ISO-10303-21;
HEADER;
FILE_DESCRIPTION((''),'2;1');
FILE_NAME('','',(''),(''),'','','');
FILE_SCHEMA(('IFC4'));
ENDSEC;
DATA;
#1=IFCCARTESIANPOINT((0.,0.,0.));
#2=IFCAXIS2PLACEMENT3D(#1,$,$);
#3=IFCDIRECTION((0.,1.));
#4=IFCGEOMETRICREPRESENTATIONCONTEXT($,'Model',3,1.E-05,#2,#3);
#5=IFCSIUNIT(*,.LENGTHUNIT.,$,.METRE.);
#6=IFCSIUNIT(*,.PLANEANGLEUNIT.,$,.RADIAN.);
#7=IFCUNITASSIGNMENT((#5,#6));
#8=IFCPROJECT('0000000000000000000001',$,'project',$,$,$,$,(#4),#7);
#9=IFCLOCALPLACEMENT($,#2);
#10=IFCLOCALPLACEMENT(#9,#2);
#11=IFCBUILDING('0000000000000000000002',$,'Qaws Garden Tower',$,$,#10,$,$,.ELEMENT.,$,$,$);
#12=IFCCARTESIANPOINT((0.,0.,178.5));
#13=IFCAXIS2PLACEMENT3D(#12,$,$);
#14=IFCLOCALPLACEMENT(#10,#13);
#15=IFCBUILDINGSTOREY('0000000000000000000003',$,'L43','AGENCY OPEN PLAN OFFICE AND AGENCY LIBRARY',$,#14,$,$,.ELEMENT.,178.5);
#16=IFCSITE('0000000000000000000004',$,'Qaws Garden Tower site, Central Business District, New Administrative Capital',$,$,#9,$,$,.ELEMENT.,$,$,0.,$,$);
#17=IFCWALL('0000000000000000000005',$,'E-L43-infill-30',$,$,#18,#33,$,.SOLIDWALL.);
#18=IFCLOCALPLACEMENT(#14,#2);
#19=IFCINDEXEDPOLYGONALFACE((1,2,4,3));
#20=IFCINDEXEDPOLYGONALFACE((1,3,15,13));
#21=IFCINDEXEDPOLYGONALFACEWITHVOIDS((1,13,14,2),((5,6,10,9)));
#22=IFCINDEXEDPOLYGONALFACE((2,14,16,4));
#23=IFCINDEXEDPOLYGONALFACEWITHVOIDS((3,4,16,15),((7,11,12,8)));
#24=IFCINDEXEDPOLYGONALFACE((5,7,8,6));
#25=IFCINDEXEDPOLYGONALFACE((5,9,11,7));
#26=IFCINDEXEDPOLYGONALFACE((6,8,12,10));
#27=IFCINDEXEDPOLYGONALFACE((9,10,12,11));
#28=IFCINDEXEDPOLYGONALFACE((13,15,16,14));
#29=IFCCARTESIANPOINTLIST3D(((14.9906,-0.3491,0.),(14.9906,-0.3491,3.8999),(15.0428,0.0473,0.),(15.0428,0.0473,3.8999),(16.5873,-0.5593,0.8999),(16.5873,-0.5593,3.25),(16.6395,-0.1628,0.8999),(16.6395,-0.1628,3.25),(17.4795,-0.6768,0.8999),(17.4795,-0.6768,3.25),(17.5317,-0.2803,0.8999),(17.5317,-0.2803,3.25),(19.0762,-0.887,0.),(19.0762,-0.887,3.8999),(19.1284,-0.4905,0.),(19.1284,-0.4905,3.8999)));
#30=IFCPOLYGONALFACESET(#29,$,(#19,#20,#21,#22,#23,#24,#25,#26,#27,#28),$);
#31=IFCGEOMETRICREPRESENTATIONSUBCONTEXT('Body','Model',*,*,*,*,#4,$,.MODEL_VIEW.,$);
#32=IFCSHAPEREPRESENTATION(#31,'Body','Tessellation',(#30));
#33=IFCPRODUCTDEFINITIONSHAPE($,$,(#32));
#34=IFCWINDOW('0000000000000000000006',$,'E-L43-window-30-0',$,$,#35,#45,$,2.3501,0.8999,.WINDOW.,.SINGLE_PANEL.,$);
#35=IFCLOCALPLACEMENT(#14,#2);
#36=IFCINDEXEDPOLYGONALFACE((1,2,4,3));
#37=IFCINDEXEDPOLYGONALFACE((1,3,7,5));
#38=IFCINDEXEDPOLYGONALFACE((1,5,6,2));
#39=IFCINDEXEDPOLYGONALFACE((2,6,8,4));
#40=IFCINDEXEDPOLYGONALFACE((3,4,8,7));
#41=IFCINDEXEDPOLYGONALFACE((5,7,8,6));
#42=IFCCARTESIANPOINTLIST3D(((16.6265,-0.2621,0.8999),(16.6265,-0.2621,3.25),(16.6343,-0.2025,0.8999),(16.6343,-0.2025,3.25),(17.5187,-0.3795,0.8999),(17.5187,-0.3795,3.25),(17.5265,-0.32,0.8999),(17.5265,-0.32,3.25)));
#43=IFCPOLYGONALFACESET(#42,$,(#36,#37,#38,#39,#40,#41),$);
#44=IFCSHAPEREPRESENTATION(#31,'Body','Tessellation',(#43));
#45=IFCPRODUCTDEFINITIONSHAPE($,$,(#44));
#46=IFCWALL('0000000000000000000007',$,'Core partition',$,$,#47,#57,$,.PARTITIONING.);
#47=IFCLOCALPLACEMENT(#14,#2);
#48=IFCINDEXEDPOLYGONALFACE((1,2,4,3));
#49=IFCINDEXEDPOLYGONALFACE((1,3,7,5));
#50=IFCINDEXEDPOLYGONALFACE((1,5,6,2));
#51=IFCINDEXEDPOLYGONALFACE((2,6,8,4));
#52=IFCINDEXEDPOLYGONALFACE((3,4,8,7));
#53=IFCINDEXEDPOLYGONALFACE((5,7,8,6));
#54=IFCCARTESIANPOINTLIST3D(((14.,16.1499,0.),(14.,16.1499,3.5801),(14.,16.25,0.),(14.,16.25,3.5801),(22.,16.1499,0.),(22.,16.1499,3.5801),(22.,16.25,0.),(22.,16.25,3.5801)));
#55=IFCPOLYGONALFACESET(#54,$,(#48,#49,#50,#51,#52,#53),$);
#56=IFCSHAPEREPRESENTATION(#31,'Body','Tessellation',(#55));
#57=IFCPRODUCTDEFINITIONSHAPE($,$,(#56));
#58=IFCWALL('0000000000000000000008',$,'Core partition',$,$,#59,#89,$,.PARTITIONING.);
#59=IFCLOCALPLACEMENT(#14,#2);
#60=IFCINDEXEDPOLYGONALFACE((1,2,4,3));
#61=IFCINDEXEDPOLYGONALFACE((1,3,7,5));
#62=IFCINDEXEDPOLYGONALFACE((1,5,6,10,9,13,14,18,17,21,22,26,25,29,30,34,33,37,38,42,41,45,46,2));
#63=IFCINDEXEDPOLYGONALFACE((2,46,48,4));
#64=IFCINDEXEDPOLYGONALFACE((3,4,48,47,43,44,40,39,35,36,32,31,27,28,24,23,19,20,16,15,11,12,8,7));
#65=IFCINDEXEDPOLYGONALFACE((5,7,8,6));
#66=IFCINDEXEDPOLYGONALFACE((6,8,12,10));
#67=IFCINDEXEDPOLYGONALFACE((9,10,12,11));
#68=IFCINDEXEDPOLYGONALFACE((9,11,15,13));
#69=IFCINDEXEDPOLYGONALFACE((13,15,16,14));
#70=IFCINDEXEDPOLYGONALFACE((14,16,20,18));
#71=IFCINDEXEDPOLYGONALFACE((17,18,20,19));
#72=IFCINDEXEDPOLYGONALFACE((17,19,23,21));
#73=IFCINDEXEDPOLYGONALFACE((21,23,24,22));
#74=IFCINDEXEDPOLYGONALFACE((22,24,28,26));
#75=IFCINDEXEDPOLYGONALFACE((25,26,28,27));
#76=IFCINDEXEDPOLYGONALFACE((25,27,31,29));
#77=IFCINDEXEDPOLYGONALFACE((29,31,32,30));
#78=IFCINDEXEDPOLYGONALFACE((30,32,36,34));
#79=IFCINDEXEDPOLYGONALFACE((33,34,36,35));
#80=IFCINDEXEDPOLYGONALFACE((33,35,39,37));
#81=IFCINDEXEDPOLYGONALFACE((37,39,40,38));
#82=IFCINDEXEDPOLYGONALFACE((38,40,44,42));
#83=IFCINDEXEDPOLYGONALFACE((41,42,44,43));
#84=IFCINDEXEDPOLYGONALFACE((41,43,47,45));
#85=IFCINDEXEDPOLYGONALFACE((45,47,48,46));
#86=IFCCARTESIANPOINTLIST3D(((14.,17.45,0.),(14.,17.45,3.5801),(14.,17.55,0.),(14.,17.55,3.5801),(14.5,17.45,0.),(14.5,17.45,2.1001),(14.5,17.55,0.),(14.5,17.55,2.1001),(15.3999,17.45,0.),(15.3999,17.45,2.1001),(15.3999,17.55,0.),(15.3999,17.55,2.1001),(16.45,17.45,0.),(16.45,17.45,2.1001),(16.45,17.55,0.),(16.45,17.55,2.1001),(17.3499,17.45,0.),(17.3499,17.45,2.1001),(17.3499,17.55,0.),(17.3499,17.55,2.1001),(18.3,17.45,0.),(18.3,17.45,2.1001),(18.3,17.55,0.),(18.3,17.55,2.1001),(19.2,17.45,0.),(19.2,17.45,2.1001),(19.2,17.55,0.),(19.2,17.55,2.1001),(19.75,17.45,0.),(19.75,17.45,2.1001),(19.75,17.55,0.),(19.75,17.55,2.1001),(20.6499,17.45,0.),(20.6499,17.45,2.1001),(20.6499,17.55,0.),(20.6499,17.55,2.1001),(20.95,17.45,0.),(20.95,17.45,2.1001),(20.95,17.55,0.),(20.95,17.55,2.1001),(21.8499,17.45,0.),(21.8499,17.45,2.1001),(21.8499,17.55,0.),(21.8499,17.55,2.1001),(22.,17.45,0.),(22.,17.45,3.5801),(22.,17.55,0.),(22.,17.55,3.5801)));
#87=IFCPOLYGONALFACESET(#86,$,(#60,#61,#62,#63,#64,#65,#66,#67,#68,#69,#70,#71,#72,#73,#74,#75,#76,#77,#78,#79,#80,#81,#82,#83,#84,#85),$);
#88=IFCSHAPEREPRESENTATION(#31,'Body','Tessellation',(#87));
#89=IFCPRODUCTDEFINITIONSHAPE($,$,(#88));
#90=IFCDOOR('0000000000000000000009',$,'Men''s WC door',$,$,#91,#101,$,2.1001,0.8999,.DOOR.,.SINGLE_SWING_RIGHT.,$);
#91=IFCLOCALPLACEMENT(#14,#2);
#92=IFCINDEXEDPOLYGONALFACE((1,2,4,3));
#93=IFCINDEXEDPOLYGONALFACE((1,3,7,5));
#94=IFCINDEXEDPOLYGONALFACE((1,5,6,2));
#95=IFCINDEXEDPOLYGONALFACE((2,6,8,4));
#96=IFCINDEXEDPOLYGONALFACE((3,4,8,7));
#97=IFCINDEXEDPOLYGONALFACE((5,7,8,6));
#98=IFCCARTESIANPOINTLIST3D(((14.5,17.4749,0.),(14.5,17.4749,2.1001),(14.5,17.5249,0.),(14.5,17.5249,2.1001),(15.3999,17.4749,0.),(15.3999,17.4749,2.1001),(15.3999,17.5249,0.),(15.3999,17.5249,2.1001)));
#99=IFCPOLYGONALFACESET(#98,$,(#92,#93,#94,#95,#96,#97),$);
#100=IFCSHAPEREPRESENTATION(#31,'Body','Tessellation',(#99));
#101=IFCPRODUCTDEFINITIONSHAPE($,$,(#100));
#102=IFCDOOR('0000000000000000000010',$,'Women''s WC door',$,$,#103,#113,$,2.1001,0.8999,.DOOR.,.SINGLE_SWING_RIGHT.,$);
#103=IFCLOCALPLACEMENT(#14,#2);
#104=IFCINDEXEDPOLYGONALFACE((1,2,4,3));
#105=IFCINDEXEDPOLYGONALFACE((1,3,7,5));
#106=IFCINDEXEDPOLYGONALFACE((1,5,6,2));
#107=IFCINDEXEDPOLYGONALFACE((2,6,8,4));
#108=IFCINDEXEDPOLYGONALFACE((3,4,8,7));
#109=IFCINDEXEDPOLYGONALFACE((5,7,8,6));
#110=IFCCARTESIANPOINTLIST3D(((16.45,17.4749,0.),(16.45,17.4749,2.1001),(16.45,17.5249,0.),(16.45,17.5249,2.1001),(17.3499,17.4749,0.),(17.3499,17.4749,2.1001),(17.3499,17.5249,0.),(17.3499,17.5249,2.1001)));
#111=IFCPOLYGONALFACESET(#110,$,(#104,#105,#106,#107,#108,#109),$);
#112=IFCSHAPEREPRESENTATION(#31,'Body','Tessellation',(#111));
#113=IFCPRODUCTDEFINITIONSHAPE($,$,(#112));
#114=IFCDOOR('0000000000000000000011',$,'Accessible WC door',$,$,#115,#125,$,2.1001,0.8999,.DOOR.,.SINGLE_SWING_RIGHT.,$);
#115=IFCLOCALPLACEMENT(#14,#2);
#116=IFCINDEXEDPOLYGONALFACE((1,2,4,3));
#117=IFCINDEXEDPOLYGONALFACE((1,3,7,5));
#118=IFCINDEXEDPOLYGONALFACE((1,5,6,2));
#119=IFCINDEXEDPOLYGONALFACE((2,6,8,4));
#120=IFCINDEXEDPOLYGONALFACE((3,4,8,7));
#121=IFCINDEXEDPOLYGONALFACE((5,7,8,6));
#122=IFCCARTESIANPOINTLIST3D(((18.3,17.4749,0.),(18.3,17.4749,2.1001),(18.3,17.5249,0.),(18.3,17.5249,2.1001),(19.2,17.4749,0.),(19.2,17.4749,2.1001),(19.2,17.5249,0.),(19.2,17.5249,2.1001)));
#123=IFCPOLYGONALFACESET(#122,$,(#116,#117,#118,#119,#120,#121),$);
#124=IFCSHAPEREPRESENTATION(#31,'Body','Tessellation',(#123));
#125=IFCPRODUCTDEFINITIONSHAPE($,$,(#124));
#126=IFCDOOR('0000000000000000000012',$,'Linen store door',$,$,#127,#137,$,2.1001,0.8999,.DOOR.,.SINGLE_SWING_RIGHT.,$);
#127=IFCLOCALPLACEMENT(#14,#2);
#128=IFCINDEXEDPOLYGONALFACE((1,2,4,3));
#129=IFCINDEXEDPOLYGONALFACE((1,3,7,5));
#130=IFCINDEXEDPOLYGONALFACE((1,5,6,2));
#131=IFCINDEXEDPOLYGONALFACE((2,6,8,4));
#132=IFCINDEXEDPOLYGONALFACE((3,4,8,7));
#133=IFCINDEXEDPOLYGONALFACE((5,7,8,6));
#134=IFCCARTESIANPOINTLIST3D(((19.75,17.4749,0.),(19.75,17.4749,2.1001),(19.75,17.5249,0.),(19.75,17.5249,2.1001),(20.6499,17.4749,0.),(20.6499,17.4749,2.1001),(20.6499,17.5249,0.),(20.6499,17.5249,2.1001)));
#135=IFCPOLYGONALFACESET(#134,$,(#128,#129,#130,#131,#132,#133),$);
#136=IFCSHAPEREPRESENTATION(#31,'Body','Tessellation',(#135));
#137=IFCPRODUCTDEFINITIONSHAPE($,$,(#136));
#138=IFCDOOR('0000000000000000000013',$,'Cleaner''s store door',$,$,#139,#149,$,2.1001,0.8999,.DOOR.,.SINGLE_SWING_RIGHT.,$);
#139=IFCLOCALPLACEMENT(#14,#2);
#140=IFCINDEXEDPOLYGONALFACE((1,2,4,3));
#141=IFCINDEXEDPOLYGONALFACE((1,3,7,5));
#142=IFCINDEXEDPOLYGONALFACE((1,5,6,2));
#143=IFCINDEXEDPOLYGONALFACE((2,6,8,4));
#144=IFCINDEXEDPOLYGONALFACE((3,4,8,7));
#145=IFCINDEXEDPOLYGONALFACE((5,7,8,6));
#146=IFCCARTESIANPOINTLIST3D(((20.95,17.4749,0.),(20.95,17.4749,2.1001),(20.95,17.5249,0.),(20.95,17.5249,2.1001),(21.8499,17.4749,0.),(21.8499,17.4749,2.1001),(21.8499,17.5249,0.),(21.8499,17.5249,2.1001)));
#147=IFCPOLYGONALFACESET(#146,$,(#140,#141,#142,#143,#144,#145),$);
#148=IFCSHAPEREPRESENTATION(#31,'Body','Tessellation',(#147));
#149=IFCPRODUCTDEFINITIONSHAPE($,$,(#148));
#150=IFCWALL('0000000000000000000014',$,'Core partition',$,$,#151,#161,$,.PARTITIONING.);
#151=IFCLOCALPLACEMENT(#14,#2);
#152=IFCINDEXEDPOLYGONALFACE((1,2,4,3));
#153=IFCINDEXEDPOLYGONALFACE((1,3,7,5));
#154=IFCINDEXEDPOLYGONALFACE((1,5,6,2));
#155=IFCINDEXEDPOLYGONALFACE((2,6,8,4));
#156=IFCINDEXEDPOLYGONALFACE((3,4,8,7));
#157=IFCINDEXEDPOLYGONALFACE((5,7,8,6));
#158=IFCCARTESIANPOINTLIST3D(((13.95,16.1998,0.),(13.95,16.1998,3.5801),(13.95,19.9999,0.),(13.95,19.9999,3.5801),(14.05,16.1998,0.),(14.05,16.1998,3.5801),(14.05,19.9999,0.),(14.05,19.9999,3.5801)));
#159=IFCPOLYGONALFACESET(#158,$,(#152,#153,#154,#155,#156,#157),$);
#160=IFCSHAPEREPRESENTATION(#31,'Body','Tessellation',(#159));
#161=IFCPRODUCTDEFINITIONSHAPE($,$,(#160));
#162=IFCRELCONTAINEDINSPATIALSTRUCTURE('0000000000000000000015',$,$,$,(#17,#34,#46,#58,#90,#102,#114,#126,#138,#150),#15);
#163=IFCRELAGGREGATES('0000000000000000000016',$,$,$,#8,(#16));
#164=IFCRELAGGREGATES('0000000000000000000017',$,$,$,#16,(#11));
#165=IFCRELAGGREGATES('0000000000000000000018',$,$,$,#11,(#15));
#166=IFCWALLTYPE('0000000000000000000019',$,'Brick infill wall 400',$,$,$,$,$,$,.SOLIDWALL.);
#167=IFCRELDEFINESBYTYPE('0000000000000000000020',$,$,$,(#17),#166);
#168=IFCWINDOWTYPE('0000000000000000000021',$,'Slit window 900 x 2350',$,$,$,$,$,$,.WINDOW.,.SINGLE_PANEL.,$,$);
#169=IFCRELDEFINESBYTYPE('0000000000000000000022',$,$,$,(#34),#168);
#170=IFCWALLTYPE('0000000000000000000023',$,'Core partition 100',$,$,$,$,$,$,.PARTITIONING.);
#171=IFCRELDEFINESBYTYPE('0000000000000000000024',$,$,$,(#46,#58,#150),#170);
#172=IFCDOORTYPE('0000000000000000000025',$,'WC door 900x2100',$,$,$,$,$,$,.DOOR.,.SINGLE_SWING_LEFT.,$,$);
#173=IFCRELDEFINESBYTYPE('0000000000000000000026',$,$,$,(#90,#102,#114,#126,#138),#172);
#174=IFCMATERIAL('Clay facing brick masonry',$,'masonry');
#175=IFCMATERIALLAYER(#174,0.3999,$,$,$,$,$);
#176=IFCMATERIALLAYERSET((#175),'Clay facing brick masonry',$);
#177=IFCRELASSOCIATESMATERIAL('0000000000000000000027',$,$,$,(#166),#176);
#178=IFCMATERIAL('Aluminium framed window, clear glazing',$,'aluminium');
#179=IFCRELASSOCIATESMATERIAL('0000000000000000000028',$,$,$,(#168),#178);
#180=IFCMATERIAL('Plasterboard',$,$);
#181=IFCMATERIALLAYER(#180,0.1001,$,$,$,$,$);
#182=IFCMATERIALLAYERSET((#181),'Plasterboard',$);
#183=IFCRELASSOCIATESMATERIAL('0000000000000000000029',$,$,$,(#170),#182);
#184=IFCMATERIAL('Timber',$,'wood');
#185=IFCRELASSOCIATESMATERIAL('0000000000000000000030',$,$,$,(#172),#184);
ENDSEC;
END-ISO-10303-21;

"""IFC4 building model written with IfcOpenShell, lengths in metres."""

from ifc_helpers import new_model, si_unit, direction, frame, frame_2d, origin, place, context, subcontext, project, spatial, rectangle, extrude, material, layer, layer_set, type_object, element, fill, save


model = new_model("IFC4")

# Units and contexts
model_context = context("Model", 3, precision=1e-05, world=origin(), true_north=direction((0.0, 1.0)))
body_context = subcontext(model_context, "Body", "Model", "MODEL_VIEW")
ifc_project = project(units=[si_unit("LENGTHUNIT", "METRE"), si_unit("PLANEANGLEUNIT", "RADIAN")], contexts=[model_context])

# Site, building, storey
site_placement = place(None, origin())
site = spatial("IfcSite", under=ifc_project, at=site_placement, Name="Qaws Garden Tower site, Central Business District, New Administrative Capital", CompositionType="ELEMENT", RefElevation=0.0)
building_placement = place(site_placement, origin())
building = spatial("IfcBuilding", under=site, at=building_placement, Name="Qaws Garden Tower", CompositionType="ELEMENT")
storey_placement = place(building_placement, frame((0.0, 0.0, 178.5)))
storey = spatial("IfcBuildingStorey", under=building, at=storey_placement, Name="L43", Description="AGENCY OPEN PLAN OFFICE AND AGENCY LIBRARY", CompositionType="ELEMENT", Elevation=178.5)

# Shared definitions
ifc_material_1 = material(Name="Clay facing brick masonry", Category="masonry")
ifc_layer_1 = layer(ifc_material_1, 0.3999)
ifc_layer_set_1 = layer_set([ifc_layer_1], Name="Clay facing brick masonry")
wall_type_1 = type_object("IfcWallType", Name="Brick infill wall 400", PredefinedType="SOLIDWALL", material=ifc_layer_set_1)
ifc_material_2 = material(Name="Aluminium framed window, clear glazing", Category="aluminium")
window_type = type_object("IfcWindowType", Name="Slit window 900 x 2350", PartitioningType="SINGLE_PANEL", PredefinedType="WINDOW", material=ifc_material_2)

# Wall, opening, window
wall_1_placement = place(storey_placement, frame((15.0166, -0.1509, 0.0), z_axis=(0.0, 0.0, 1.0), x_axis=(0.991446, -0.130514, 0.0)))
wall_1 = element("IfcWall", 1, at=wall_1_placement, inside=storey, type_object=wall_type_1, Name="E-L43-infill-30", PredefinedType="SOLIDWALL", context=body_context, shape_type="SweptSolid", body=[
    extrude(rectangle(XDim=4.1208, YDim=0.3999, at=frame_2d((2.0605, 0.0))), origin(), (0.0, 0.0, 1.0), 3.8999),
])
opening_1_placement = place(wall_1_placement, frame((1.6106, 0.0, 0.8999)))
opening_1 = element("IfcOpeningElement", 2, at=opening_1_placement, cuts=wall_1, PredefinedType="OPENING", context=body_context, shape_type="SweptSolid", body=[
    extrude(rectangle(XDim=0.8999, YDim=2.3501, at=frame_2d((0.45, 1.175))), frame((0.0, 0.21, 0.0), z_axis=(0.0, -1.0, 0.0), x_axis=(1.0, 0.0, 0.0)), (0.0, 0.0, 1.0), 0.4199),
])
window_1_placement = place(opening_1_placement, origin())
window_1 = element("IfcWindow", 3, at=window_1_placement, inside=storey, type_object=window_type, Name="E-L43-window-30-0", OverallHeight=2.3501, OverallWidth=0.8999, PartitioningType="SINGLE_PANEL", PredefinedType="WINDOW", context=body_context, shape_type="SweptSolid", body=[
    extrude(rectangle(XDim=0.8999, YDim=2.3501, at=frame_2d((0.45, 1.175))), frame((0.0, 0.1599, 0.0), z_axis=(0.0, -1.0, 0.0), x_axis=(1.0, 0.0, 0.0)), (0.0, 0.0, 1.0), 0.0601),
])
fill(opening_1, window_1)

# Wall
ifc_material_3 = material(Name="Plasterboard")
ifc_layer_2 = layer(ifc_material_3, 0.1001)
ifc_layer_set_2 = layer_set([ifc_layer_2], Name="Plasterboard")
wall_type_2 = type_object("IfcWallType", Name="Core partition 100", PredefinedType="PARTITIONING", material=ifc_layer_set_2)
wall_2_placement = place(storey_placement, frame((14.0, 16.2, 0.0), z_axis=(0.0, 0.0, 1.0), x_axis=(1.0, 0.0, 0.0)))
element("IfcWall", 4, at=wall_2_placement, inside=storey, type_object=wall_type_2, Name="Core partition", PredefinedType="PARTITIONING", context=body_context, shape_type="SweptSolid", body=[
    extrude(rectangle(XDim=8.0, YDim=0.1001, at=frame_2d((4.0, 0.0))), origin(), (0.0, 0.0, 1.0), 3.5801),
])

# Wall, openings, doors
wall_3_placement = place(storey_placement, frame((14.0, 17.5, 0.0), z_axis=(0.0, 0.0, 1.0), x_axis=(1.0, 0.0, 0.0)))
wall_3 = element("IfcWall", 5, at=wall_3_placement, inside=storey, type_object=wall_type_2, Name="Core partition", PredefinedType="PARTITIONING", context=body_context, shape_type="SweptSolid", body=[
    extrude(rectangle(XDim=8.0, YDim=0.1001, at=frame_2d((4.0, 0.0))), origin(), (0.0, 0.0, 1.0), 3.5801),
])
opening_2_placement = place(wall_3_placement, frame((0.5, 0.0, 0.0)))
opening_2 = element("IfcOpeningElement", 6, at=opening_2_placement, cuts=wall_3, PredefinedType="OPENING", context=body_context, shape_type="SweptSolid", body=[
    extrude(rectangle(XDim=0.8999, YDim=2.1001, at=frame_2d((0.45, 1.05))), frame((0.0, 0.0601, 0.0), z_axis=(0.0, -1.0, 0.0), x_axis=(1.0, 0.0, 0.0)), (0.0, 0.0, 1.0), 0.1201),
])
opening_3_placement = place(wall_3_placement, frame((2.45, 0.0, 0.0)))
opening_3 = element("IfcOpeningElement", 7, at=opening_3_placement, cuts=wall_3, PredefinedType="OPENING", context=body_context, shape_type="SweptSolid", body=[
    extrude(rectangle(XDim=0.8999, YDim=2.1001, at=frame_2d((0.45, 1.05))), frame((0.0, 0.0601, 0.0), z_axis=(0.0, -1.0, 0.0), x_axis=(1.0, 0.0, 0.0)), (0.0, 0.0, 1.0), 0.1201),
])
opening_4_placement = place(wall_3_placement, frame((4.3, 0.0, 0.0)))
opening_4 = element("IfcOpeningElement", 8, at=opening_4_placement, cuts=wall_3, PredefinedType="OPENING", context=body_context, shape_type="SweptSolid", body=[
    extrude(rectangle(XDim=0.8999, YDim=2.1001, at=frame_2d((0.45, 1.05))), frame((0.0, 0.0601, 0.0), z_axis=(0.0, -1.0, 0.0), x_axis=(1.0, 0.0, 0.0)), (0.0, 0.0, 1.0), 0.1201),
])
opening_5_placement = place(wall_3_placement, frame((5.75, 0.0, 0.0)))
opening_5 = element("IfcOpeningElement", 9, at=opening_5_placement, cuts=wall_3, PredefinedType="OPENING", context=body_context, shape_type="SweptSolid", body=[
    extrude(rectangle(XDim=0.8999, YDim=2.1001, at=frame_2d((0.45, 1.05))), frame((0.0, 0.0601, 0.0), z_axis=(0.0, -1.0, 0.0), x_axis=(1.0, 0.0, 0.0)), (0.0, 0.0, 1.0), 0.1201),
])
opening_6_placement = place(wall_3_placement, frame((6.95, 0.0, 0.0)))
opening_6 = element("IfcOpeningElement", 10, at=opening_6_placement, cuts=wall_3, PredefinedType="OPENING", context=body_context, shape_type="SweptSolid", body=[
    extrude(rectangle(XDim=0.8999, YDim=2.1001, at=frame_2d((0.45, 1.05))), frame((0.0, 0.0601, 0.0), z_axis=(0.0, -1.0, 0.0), x_axis=(1.0, 0.0, 0.0)), (0.0, 0.0, 1.0), 0.1201),
])
ifc_material_4 = material(Name="Timber", Category="wood")
door_type_1 = type_object("IfcDoorType", Name="WC door 900x2100", OperationType="SINGLE_SWING_LEFT", PredefinedType="DOOR", material=ifc_material_4)
door_1_placement = place(opening_2_placement, origin())
door_1 = element("IfcDoor", 11, at=door_1_placement, inside=storey, type_object=door_type_1, Name="Men's WC door", OperationType="SINGLE_SWING_RIGHT", OverallHeight=2.1001, OverallWidth=0.8999, PredefinedType="DOOR", context=body_context, shape_type="SweptSolid", body=[
    extrude(rectangle(XDim=0.8999, YDim=2.1001, at=frame_2d((0.45, 1.05))), frame((0.0, 0.0249, 0.0), z_axis=(0.0, -1.0, 0.0), x_axis=(1.0, 0.0, 0.0)), (0.0, 0.0, 1.0), 0.05),
])
fill(opening_2, door_1)
door_2_placement = place(opening_3_placement, origin())
door_2 = element("IfcDoor", 12, at=door_2_placement, inside=storey, type_object=door_type_1, Name="Women's WC door", OperationType="SINGLE_SWING_RIGHT", OverallHeight=2.1001, OverallWidth=0.8999, PredefinedType="DOOR", context=body_context, shape_type="SweptSolid", body=[
    extrude(rectangle(XDim=0.8999, YDim=2.1001, at=frame_2d((0.45, 1.05))), frame((0.0, 0.0249, 0.0), z_axis=(0.0, -1.0, 0.0), x_axis=(1.0, 0.0, 0.0)), (0.0, 0.0, 1.0), 0.05),
])
fill(opening_3, door_2)
door_3_placement = place(opening_4_placement, origin())
door_3 = element("IfcDoor", 13, at=door_3_placement, inside=storey, type_object=door_type_1, Name="Accessible WC door", OperationType="SINGLE_SWING_RIGHT", OverallHeight=2.1001, OverallWidth=0.8999, PredefinedType="DOOR", context=body_context, shape_type="SweptSolid", body=[
    extrude(rectangle(XDim=0.8999, YDim=2.1001, at=frame_2d((0.45, 1.05))), frame((0.0, 0.0249, 0.0), z_axis=(0.0, -1.0, 0.0), x_axis=(1.0, 0.0, 0.0)), (0.0, 0.0, 1.0), 0.05),
])
fill(opening_4, door_3)
door_4_placement = place(opening_5_placement, origin())
door_4 = element("IfcDoor", 14, at=door_4_placement, inside=storey, type_object=door_type_1, Name="Linen store door", OperationType="SINGLE_SWING_RIGHT", OverallHeight=2.1001, OverallWidth=0.8999, PredefinedType="DOOR", context=body_context, shape_type="SweptSolid", body=[
    extrude(rectangle(XDim=0.8999, YDim=2.1001, at=frame_2d((0.45, 1.05))), frame((0.0, 0.0249, 0.0), z_axis=(0.0, -1.0, 0.0), x_axis=(1.0, 0.0, 0.0)), (0.0, 0.0, 1.0), 0.05),
])
fill(opening_5, door_4)
door_5_placement = place(opening_6_placement, origin())
door_5 = element("IfcDoor", 15, at=door_5_placement, inside=storey, type_object=door_type_1, Name="Cleaner's store door", OperationType="SINGLE_SWING_RIGHT", OverallHeight=2.1001, OverallWidth=0.8999, PredefinedType="DOOR", context=body_context, shape_type="SweptSolid", body=[
    extrude(rectangle(XDim=0.8999, YDim=2.1001, at=frame_2d((0.45, 1.05))), frame((0.0, 0.0249, 0.0), z_axis=(0.0, -1.0, 0.0), x_axis=(1.0, 0.0, 0.0)), (0.0, 0.0, 1.0), 0.05),
])
fill(opening_6, door_5)

# Wall
wall_4_placement = place(storey_placement, frame((14.0, 16.2, 0.0), z_axis=(0.0, 0.0, 1.0), x_axis=(0.0, 1.0, 0.0)))
element("IfcWall", 16, at=wall_4_placement, inside=storey, type_object=wall_type_2, Name="Core partition", PredefinedType="PARTITIONING", context=body_context, shape_type="SweptSolid", body=[
    extrude(rectangle(XDim=3.8, YDim=0.1001, at=frame_2d((1.8999, 0.0))), origin(), (0.0, 0.0, 1.0), 3.5801),
])

save(model, "model.ifc")
